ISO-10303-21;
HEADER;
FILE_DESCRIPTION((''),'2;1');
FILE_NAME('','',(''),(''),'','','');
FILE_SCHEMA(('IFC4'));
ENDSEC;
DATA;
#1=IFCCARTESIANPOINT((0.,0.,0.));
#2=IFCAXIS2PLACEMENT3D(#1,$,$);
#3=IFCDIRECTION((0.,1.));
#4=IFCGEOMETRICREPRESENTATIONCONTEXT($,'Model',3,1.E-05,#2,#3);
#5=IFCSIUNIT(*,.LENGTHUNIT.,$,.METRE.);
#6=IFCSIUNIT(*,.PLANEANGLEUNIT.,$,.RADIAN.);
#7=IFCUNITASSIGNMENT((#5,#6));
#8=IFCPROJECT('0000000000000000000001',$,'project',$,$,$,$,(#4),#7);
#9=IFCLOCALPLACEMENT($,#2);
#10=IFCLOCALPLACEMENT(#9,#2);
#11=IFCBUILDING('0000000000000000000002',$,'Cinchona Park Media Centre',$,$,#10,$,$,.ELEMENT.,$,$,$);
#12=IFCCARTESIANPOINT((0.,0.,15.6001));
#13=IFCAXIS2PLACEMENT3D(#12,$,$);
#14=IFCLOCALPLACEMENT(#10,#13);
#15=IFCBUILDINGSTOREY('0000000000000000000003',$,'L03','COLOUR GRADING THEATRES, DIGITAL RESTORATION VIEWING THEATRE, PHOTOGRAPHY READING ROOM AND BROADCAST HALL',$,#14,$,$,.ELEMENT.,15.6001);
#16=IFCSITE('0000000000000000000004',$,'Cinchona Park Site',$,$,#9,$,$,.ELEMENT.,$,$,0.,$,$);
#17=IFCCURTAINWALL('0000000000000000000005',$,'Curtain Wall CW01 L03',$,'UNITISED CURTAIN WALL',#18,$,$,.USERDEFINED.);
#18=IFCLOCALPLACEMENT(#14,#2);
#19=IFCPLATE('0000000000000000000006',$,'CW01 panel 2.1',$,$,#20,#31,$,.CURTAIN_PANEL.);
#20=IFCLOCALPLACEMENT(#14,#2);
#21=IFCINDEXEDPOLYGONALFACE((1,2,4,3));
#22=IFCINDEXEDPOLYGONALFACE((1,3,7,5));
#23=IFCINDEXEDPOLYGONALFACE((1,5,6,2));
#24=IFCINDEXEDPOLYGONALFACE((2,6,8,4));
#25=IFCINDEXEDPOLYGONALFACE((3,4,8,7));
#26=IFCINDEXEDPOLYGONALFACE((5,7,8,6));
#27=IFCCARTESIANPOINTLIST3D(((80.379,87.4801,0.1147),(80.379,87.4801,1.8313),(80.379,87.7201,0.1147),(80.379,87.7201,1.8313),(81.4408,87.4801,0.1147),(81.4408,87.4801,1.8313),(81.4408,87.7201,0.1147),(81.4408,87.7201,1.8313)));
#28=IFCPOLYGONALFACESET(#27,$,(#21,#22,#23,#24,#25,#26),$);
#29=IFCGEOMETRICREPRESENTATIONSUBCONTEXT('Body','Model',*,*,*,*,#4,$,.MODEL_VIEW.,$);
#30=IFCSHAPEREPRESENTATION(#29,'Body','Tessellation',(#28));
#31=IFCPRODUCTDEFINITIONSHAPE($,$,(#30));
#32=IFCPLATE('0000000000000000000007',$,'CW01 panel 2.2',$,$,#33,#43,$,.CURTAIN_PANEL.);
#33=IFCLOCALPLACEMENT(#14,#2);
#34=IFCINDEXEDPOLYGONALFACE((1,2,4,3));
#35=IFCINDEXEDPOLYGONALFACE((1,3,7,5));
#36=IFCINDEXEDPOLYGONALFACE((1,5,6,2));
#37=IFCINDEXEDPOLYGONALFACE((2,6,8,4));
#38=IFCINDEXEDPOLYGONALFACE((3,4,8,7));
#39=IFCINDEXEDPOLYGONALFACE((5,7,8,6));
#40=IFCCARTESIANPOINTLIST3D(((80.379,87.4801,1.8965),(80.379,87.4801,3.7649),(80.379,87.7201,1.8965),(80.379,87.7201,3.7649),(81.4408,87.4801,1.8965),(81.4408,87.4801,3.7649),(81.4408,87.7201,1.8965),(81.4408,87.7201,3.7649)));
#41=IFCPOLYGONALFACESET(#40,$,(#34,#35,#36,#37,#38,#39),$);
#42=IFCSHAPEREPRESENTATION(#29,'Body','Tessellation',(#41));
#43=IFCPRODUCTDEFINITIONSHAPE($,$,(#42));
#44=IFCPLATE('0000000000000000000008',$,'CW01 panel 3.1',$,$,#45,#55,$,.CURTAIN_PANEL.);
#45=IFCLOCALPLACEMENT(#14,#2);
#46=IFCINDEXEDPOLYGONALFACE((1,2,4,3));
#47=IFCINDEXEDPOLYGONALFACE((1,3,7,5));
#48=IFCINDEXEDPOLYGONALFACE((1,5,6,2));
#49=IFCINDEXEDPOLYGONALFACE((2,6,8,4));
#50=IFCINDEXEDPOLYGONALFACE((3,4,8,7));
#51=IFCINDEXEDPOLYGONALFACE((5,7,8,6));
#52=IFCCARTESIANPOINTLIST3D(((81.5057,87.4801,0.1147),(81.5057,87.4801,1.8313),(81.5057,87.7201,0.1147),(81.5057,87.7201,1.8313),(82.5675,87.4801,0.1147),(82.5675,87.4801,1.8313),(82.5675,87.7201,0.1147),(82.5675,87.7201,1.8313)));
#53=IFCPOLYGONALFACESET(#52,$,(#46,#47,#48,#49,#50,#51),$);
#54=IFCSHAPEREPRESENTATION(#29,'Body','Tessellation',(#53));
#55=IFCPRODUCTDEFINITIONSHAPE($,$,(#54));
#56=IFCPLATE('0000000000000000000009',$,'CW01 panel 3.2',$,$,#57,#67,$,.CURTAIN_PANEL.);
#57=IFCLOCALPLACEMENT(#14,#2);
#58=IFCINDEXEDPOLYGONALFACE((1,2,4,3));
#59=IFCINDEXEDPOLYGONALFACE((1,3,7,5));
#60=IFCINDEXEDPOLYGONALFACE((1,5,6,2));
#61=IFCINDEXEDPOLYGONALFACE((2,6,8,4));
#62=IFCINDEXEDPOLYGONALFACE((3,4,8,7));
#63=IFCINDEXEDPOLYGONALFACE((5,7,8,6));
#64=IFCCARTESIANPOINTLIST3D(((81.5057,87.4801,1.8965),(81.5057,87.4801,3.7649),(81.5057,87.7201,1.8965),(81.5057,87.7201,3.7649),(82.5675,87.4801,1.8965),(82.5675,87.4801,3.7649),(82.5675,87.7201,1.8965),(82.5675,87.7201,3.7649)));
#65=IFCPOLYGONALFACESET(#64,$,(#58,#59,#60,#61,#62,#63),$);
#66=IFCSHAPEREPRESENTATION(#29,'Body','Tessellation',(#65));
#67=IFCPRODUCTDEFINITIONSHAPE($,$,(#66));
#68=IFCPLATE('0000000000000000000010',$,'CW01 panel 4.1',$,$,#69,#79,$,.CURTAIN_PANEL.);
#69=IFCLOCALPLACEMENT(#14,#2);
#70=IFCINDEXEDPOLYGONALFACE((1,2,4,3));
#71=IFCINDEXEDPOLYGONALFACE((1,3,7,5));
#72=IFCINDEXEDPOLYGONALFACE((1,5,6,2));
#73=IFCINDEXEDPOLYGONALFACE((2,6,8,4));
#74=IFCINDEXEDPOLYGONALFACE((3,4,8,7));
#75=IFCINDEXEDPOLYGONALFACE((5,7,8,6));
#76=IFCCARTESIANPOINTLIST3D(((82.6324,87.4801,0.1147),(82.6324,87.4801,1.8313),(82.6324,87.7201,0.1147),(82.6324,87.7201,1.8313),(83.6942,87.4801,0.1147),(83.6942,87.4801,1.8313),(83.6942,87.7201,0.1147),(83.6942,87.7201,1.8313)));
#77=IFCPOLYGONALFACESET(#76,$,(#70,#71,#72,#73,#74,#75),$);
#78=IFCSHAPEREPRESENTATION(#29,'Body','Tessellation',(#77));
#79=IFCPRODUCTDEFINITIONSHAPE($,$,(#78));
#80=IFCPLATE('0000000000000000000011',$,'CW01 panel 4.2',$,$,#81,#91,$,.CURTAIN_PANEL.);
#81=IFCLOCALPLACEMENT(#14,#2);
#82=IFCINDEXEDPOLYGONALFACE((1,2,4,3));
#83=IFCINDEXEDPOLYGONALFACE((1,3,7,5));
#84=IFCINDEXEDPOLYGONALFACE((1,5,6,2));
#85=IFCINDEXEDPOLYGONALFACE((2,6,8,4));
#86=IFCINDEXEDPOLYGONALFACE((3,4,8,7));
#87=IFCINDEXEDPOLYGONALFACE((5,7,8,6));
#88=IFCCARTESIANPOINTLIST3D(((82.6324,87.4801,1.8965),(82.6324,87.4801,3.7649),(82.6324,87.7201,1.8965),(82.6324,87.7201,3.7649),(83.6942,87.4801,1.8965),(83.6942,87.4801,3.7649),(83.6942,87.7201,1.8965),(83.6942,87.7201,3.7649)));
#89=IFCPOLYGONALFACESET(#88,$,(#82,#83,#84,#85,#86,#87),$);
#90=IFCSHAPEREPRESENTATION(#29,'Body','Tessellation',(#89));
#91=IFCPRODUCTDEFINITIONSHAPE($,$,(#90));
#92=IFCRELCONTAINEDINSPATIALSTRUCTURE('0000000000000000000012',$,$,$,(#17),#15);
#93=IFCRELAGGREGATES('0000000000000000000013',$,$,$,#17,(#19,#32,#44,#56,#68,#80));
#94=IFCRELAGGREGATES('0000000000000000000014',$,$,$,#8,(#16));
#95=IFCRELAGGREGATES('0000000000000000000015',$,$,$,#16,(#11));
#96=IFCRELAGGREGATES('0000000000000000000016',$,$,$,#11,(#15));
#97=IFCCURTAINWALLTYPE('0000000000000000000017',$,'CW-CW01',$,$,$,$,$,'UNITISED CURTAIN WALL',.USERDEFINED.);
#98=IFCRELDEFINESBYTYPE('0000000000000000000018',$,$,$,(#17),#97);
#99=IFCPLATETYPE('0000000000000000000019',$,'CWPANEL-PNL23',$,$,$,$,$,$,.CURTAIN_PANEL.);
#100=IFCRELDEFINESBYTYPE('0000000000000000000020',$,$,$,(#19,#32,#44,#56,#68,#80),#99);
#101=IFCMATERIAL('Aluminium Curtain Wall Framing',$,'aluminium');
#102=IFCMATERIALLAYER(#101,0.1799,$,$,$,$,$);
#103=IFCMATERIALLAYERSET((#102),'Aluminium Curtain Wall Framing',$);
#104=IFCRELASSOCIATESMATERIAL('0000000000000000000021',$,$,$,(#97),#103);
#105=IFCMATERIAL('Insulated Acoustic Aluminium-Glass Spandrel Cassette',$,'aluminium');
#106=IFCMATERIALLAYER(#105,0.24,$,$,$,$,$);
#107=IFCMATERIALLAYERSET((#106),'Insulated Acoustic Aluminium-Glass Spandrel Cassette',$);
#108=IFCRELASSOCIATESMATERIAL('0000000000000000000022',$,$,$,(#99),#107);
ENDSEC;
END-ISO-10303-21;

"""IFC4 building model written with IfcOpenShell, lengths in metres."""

from ifc_helpers import new_model, si_unit, direction, frame, origin, origin_2d, place, context, subcontext, project, spatial, rectangle, extrude, material, layer, layer_set, type_object, element, aggregate, save


model = new_model("IFC4")

# Units and contexts
model_context = context("Model", 3, precision=1e-05, world=origin(), true_north=direction((0.0, 1.0)))
body_context = subcontext(model_context, "Body", "Model", "MODEL_VIEW")
ifc_project = project(units=[si_unit("LENGTHUNIT", "METRE"), si_unit("PLANEANGLEUNIT", "RADIAN")], contexts=[model_context])

# Site, building, storey
site_placement = place(None, origin())
site = spatial("IfcSite", under=ifc_project, at=site_placement, Name="Cinchona Park Site", CompositionType="ELEMENT", RefElevation=0.0)
building_placement = place(site_placement, origin())
building = spatial("IfcBuilding", under=site, at=building_placement, Name="Cinchona Park Media Centre", CompositionType="ELEMENT")
storey_placement = place(building_placement, frame((0.0, 0.0, 15.6001)))
storey = spatial("IfcBuildingStorey", under=building, at=storey_placement, Name="L03", Description="COLOUR GRADING THEATRES, DIGITAL RESTORATION VIEWING THEATRE, PHOTOGRAPHY READING ROOM AND BROADCAST HALL", CompositionType="ELEMENT", Elevation=15.6001)

# Curtain wall, plates
ifc_material_1 = material(Name="Aluminium Curtain Wall Framing", Category="aluminium")
ifc_layer_1 = layer(ifc_material_1, 0.1799)
ifc_layer_set_1 = layer_set([ifc_layer_1], Name="Aluminium Curtain Wall Framing")
curtain_wall_type = type_object("IfcCurtainWallType", Name="CW-CW01", ElementType="UNITISED CURTAIN WALL", PredefinedType="USERDEFINED", material=ifc_layer_set_1)
curtain_wall_placement = place(storey_placement, origin())
curtain_wall = element("IfcCurtainWall", 1, at=curtain_wall_placement, inside=storey, type_object=curtain_wall_type, Name="Curtain Wall CW01 L03", ObjectType="UNITISED CURTAIN WALL", PredefinedType="USERDEFINED")
ifc_material_2 = material(Name="Insulated Acoustic Aluminium-Glass Spandrel Cassette", Category="aluminium")
ifc_layer_2 = layer(ifc_material_2, 0.24)
ifc_layer_set_2 = layer_set([ifc_layer_2], Name="Insulated Acoustic Aluminium-Glass Spandrel Cassette")
plate_type = type_object("IfcPlateType", Name="CWPANEL-PNL23", PredefinedType="CURTAIN_PANEL", material=ifc_layer_set_2)
plate_1_placement = place(storey_placement, frame((80.9099, 87.6001, 0.1147), z_axis=(0.0, 0.0, 1.0), x_axis=(1.0, 0.0, 0.0)))
plate_1 = element("IfcPlate", 2, at=plate_1_placement, type_object=plate_type, Name="CW01 panel 2.1", PredefinedType="CURTAIN_PANEL", context=body_context, shape_type="SweptSolid", body=[
    extrude(rectangle(XDim=1.0618, YDim=0.24, at=origin_2d()), origin(), (0.0, 0.0, 1.0), 1.7166),
])
plate_2_placement = place(storey_placement, frame((80.9099, 87.6001, 1.8965), z_axis=(0.0, 0.0, 1.0), x_axis=(1.0, 0.0, 0.0)))
plate_2 = element("IfcPlate", 3, at=plate_2_placement, type_object=plate_type, Name="CW01 panel 2.2", PredefinedType="CURTAIN_PANEL", context=body_context, shape_type="SweptSolid", body=[
    extrude(rectangle(XDim=1.0618, YDim=0.24, at=origin_2d()), origin(), (0.0, 0.0, 1.0), 1.8684),
])
plate_3_placement = place(storey_placement, frame((82.0366, 87.6001, 0.1147), z_axis=(0.0, 0.0, 1.0), x_axis=(1.0, 0.0, 0.0)))
plate_3 = element("IfcPlate", 4, at=plate_3_placement, type_object=plate_type, Name="CW01 panel 3.1", PredefinedType="CURTAIN_PANEL", context=body_context, shape_type="SweptSolid", body=[
    extrude(rectangle(XDim=1.0618, YDim=0.24, at=origin_2d()), origin(), (0.0, 0.0, 1.0), 1.7166),
])
plate_4_placement = place(storey_placement, frame((82.0366, 87.6001, 1.8965), z_axis=(0.0, 0.0, 1.0), x_axis=(1.0, 0.0, 0.0)))
plate_4 = element("IfcPlate", 5, at=plate_4_placement, type_object=plate_type, Name="CW01 panel 3.2", PredefinedType="CURTAIN_PANEL", context=body_context, shape_type="SweptSolid", body=[
    extrude(rectangle(XDim=1.0618, YDim=0.24, at=origin_2d()), origin(), (0.0, 0.0, 1.0), 1.8684),
])
plate_5_placement = place(storey_placement, frame((83.1633, 87.6001, 0.1147), z_axis=(0.0, 0.0, 1.0), x_axis=(1.0, 0.0, 0.0)))
plate_5 = element("IfcPlate", 6, at=plate_5_placement, type_object=plate_type, Name="CW01 panel 4.1", PredefinedType="CURTAIN_PANEL", context=body_context, shape_type="SweptSolid", body=[
    extrude(rectangle(XDim=1.0618, YDim=0.24, at=origin_2d()), origin(), (0.0, 0.0, 1.0), 1.7166),
])
plate_6_placement = place(storey_placement, frame((83.1633, 87.6001, 1.8965), z_axis=(0.0, 0.0, 1.0), x_axis=(1.0, 0.0, 0.0)))
plate_6 = element("IfcPlate", 7, at=plate_6_placement, type_object=plate_type, Name="CW01 panel 4.2", PredefinedType="CURTAIN_PANEL", context=body_context, shape_type="SweptSolid", body=[
    extrude(rectangle(XDim=1.0618, YDim=0.24, at=origin_2d()), origin(), (0.0, 0.0, 1.0), 1.8684),
])
aggregate(curtain_wall, [plate_1, plate_2, plate_3, plate_4, plate_5, plate_6])

save(model, "model.ifc")
